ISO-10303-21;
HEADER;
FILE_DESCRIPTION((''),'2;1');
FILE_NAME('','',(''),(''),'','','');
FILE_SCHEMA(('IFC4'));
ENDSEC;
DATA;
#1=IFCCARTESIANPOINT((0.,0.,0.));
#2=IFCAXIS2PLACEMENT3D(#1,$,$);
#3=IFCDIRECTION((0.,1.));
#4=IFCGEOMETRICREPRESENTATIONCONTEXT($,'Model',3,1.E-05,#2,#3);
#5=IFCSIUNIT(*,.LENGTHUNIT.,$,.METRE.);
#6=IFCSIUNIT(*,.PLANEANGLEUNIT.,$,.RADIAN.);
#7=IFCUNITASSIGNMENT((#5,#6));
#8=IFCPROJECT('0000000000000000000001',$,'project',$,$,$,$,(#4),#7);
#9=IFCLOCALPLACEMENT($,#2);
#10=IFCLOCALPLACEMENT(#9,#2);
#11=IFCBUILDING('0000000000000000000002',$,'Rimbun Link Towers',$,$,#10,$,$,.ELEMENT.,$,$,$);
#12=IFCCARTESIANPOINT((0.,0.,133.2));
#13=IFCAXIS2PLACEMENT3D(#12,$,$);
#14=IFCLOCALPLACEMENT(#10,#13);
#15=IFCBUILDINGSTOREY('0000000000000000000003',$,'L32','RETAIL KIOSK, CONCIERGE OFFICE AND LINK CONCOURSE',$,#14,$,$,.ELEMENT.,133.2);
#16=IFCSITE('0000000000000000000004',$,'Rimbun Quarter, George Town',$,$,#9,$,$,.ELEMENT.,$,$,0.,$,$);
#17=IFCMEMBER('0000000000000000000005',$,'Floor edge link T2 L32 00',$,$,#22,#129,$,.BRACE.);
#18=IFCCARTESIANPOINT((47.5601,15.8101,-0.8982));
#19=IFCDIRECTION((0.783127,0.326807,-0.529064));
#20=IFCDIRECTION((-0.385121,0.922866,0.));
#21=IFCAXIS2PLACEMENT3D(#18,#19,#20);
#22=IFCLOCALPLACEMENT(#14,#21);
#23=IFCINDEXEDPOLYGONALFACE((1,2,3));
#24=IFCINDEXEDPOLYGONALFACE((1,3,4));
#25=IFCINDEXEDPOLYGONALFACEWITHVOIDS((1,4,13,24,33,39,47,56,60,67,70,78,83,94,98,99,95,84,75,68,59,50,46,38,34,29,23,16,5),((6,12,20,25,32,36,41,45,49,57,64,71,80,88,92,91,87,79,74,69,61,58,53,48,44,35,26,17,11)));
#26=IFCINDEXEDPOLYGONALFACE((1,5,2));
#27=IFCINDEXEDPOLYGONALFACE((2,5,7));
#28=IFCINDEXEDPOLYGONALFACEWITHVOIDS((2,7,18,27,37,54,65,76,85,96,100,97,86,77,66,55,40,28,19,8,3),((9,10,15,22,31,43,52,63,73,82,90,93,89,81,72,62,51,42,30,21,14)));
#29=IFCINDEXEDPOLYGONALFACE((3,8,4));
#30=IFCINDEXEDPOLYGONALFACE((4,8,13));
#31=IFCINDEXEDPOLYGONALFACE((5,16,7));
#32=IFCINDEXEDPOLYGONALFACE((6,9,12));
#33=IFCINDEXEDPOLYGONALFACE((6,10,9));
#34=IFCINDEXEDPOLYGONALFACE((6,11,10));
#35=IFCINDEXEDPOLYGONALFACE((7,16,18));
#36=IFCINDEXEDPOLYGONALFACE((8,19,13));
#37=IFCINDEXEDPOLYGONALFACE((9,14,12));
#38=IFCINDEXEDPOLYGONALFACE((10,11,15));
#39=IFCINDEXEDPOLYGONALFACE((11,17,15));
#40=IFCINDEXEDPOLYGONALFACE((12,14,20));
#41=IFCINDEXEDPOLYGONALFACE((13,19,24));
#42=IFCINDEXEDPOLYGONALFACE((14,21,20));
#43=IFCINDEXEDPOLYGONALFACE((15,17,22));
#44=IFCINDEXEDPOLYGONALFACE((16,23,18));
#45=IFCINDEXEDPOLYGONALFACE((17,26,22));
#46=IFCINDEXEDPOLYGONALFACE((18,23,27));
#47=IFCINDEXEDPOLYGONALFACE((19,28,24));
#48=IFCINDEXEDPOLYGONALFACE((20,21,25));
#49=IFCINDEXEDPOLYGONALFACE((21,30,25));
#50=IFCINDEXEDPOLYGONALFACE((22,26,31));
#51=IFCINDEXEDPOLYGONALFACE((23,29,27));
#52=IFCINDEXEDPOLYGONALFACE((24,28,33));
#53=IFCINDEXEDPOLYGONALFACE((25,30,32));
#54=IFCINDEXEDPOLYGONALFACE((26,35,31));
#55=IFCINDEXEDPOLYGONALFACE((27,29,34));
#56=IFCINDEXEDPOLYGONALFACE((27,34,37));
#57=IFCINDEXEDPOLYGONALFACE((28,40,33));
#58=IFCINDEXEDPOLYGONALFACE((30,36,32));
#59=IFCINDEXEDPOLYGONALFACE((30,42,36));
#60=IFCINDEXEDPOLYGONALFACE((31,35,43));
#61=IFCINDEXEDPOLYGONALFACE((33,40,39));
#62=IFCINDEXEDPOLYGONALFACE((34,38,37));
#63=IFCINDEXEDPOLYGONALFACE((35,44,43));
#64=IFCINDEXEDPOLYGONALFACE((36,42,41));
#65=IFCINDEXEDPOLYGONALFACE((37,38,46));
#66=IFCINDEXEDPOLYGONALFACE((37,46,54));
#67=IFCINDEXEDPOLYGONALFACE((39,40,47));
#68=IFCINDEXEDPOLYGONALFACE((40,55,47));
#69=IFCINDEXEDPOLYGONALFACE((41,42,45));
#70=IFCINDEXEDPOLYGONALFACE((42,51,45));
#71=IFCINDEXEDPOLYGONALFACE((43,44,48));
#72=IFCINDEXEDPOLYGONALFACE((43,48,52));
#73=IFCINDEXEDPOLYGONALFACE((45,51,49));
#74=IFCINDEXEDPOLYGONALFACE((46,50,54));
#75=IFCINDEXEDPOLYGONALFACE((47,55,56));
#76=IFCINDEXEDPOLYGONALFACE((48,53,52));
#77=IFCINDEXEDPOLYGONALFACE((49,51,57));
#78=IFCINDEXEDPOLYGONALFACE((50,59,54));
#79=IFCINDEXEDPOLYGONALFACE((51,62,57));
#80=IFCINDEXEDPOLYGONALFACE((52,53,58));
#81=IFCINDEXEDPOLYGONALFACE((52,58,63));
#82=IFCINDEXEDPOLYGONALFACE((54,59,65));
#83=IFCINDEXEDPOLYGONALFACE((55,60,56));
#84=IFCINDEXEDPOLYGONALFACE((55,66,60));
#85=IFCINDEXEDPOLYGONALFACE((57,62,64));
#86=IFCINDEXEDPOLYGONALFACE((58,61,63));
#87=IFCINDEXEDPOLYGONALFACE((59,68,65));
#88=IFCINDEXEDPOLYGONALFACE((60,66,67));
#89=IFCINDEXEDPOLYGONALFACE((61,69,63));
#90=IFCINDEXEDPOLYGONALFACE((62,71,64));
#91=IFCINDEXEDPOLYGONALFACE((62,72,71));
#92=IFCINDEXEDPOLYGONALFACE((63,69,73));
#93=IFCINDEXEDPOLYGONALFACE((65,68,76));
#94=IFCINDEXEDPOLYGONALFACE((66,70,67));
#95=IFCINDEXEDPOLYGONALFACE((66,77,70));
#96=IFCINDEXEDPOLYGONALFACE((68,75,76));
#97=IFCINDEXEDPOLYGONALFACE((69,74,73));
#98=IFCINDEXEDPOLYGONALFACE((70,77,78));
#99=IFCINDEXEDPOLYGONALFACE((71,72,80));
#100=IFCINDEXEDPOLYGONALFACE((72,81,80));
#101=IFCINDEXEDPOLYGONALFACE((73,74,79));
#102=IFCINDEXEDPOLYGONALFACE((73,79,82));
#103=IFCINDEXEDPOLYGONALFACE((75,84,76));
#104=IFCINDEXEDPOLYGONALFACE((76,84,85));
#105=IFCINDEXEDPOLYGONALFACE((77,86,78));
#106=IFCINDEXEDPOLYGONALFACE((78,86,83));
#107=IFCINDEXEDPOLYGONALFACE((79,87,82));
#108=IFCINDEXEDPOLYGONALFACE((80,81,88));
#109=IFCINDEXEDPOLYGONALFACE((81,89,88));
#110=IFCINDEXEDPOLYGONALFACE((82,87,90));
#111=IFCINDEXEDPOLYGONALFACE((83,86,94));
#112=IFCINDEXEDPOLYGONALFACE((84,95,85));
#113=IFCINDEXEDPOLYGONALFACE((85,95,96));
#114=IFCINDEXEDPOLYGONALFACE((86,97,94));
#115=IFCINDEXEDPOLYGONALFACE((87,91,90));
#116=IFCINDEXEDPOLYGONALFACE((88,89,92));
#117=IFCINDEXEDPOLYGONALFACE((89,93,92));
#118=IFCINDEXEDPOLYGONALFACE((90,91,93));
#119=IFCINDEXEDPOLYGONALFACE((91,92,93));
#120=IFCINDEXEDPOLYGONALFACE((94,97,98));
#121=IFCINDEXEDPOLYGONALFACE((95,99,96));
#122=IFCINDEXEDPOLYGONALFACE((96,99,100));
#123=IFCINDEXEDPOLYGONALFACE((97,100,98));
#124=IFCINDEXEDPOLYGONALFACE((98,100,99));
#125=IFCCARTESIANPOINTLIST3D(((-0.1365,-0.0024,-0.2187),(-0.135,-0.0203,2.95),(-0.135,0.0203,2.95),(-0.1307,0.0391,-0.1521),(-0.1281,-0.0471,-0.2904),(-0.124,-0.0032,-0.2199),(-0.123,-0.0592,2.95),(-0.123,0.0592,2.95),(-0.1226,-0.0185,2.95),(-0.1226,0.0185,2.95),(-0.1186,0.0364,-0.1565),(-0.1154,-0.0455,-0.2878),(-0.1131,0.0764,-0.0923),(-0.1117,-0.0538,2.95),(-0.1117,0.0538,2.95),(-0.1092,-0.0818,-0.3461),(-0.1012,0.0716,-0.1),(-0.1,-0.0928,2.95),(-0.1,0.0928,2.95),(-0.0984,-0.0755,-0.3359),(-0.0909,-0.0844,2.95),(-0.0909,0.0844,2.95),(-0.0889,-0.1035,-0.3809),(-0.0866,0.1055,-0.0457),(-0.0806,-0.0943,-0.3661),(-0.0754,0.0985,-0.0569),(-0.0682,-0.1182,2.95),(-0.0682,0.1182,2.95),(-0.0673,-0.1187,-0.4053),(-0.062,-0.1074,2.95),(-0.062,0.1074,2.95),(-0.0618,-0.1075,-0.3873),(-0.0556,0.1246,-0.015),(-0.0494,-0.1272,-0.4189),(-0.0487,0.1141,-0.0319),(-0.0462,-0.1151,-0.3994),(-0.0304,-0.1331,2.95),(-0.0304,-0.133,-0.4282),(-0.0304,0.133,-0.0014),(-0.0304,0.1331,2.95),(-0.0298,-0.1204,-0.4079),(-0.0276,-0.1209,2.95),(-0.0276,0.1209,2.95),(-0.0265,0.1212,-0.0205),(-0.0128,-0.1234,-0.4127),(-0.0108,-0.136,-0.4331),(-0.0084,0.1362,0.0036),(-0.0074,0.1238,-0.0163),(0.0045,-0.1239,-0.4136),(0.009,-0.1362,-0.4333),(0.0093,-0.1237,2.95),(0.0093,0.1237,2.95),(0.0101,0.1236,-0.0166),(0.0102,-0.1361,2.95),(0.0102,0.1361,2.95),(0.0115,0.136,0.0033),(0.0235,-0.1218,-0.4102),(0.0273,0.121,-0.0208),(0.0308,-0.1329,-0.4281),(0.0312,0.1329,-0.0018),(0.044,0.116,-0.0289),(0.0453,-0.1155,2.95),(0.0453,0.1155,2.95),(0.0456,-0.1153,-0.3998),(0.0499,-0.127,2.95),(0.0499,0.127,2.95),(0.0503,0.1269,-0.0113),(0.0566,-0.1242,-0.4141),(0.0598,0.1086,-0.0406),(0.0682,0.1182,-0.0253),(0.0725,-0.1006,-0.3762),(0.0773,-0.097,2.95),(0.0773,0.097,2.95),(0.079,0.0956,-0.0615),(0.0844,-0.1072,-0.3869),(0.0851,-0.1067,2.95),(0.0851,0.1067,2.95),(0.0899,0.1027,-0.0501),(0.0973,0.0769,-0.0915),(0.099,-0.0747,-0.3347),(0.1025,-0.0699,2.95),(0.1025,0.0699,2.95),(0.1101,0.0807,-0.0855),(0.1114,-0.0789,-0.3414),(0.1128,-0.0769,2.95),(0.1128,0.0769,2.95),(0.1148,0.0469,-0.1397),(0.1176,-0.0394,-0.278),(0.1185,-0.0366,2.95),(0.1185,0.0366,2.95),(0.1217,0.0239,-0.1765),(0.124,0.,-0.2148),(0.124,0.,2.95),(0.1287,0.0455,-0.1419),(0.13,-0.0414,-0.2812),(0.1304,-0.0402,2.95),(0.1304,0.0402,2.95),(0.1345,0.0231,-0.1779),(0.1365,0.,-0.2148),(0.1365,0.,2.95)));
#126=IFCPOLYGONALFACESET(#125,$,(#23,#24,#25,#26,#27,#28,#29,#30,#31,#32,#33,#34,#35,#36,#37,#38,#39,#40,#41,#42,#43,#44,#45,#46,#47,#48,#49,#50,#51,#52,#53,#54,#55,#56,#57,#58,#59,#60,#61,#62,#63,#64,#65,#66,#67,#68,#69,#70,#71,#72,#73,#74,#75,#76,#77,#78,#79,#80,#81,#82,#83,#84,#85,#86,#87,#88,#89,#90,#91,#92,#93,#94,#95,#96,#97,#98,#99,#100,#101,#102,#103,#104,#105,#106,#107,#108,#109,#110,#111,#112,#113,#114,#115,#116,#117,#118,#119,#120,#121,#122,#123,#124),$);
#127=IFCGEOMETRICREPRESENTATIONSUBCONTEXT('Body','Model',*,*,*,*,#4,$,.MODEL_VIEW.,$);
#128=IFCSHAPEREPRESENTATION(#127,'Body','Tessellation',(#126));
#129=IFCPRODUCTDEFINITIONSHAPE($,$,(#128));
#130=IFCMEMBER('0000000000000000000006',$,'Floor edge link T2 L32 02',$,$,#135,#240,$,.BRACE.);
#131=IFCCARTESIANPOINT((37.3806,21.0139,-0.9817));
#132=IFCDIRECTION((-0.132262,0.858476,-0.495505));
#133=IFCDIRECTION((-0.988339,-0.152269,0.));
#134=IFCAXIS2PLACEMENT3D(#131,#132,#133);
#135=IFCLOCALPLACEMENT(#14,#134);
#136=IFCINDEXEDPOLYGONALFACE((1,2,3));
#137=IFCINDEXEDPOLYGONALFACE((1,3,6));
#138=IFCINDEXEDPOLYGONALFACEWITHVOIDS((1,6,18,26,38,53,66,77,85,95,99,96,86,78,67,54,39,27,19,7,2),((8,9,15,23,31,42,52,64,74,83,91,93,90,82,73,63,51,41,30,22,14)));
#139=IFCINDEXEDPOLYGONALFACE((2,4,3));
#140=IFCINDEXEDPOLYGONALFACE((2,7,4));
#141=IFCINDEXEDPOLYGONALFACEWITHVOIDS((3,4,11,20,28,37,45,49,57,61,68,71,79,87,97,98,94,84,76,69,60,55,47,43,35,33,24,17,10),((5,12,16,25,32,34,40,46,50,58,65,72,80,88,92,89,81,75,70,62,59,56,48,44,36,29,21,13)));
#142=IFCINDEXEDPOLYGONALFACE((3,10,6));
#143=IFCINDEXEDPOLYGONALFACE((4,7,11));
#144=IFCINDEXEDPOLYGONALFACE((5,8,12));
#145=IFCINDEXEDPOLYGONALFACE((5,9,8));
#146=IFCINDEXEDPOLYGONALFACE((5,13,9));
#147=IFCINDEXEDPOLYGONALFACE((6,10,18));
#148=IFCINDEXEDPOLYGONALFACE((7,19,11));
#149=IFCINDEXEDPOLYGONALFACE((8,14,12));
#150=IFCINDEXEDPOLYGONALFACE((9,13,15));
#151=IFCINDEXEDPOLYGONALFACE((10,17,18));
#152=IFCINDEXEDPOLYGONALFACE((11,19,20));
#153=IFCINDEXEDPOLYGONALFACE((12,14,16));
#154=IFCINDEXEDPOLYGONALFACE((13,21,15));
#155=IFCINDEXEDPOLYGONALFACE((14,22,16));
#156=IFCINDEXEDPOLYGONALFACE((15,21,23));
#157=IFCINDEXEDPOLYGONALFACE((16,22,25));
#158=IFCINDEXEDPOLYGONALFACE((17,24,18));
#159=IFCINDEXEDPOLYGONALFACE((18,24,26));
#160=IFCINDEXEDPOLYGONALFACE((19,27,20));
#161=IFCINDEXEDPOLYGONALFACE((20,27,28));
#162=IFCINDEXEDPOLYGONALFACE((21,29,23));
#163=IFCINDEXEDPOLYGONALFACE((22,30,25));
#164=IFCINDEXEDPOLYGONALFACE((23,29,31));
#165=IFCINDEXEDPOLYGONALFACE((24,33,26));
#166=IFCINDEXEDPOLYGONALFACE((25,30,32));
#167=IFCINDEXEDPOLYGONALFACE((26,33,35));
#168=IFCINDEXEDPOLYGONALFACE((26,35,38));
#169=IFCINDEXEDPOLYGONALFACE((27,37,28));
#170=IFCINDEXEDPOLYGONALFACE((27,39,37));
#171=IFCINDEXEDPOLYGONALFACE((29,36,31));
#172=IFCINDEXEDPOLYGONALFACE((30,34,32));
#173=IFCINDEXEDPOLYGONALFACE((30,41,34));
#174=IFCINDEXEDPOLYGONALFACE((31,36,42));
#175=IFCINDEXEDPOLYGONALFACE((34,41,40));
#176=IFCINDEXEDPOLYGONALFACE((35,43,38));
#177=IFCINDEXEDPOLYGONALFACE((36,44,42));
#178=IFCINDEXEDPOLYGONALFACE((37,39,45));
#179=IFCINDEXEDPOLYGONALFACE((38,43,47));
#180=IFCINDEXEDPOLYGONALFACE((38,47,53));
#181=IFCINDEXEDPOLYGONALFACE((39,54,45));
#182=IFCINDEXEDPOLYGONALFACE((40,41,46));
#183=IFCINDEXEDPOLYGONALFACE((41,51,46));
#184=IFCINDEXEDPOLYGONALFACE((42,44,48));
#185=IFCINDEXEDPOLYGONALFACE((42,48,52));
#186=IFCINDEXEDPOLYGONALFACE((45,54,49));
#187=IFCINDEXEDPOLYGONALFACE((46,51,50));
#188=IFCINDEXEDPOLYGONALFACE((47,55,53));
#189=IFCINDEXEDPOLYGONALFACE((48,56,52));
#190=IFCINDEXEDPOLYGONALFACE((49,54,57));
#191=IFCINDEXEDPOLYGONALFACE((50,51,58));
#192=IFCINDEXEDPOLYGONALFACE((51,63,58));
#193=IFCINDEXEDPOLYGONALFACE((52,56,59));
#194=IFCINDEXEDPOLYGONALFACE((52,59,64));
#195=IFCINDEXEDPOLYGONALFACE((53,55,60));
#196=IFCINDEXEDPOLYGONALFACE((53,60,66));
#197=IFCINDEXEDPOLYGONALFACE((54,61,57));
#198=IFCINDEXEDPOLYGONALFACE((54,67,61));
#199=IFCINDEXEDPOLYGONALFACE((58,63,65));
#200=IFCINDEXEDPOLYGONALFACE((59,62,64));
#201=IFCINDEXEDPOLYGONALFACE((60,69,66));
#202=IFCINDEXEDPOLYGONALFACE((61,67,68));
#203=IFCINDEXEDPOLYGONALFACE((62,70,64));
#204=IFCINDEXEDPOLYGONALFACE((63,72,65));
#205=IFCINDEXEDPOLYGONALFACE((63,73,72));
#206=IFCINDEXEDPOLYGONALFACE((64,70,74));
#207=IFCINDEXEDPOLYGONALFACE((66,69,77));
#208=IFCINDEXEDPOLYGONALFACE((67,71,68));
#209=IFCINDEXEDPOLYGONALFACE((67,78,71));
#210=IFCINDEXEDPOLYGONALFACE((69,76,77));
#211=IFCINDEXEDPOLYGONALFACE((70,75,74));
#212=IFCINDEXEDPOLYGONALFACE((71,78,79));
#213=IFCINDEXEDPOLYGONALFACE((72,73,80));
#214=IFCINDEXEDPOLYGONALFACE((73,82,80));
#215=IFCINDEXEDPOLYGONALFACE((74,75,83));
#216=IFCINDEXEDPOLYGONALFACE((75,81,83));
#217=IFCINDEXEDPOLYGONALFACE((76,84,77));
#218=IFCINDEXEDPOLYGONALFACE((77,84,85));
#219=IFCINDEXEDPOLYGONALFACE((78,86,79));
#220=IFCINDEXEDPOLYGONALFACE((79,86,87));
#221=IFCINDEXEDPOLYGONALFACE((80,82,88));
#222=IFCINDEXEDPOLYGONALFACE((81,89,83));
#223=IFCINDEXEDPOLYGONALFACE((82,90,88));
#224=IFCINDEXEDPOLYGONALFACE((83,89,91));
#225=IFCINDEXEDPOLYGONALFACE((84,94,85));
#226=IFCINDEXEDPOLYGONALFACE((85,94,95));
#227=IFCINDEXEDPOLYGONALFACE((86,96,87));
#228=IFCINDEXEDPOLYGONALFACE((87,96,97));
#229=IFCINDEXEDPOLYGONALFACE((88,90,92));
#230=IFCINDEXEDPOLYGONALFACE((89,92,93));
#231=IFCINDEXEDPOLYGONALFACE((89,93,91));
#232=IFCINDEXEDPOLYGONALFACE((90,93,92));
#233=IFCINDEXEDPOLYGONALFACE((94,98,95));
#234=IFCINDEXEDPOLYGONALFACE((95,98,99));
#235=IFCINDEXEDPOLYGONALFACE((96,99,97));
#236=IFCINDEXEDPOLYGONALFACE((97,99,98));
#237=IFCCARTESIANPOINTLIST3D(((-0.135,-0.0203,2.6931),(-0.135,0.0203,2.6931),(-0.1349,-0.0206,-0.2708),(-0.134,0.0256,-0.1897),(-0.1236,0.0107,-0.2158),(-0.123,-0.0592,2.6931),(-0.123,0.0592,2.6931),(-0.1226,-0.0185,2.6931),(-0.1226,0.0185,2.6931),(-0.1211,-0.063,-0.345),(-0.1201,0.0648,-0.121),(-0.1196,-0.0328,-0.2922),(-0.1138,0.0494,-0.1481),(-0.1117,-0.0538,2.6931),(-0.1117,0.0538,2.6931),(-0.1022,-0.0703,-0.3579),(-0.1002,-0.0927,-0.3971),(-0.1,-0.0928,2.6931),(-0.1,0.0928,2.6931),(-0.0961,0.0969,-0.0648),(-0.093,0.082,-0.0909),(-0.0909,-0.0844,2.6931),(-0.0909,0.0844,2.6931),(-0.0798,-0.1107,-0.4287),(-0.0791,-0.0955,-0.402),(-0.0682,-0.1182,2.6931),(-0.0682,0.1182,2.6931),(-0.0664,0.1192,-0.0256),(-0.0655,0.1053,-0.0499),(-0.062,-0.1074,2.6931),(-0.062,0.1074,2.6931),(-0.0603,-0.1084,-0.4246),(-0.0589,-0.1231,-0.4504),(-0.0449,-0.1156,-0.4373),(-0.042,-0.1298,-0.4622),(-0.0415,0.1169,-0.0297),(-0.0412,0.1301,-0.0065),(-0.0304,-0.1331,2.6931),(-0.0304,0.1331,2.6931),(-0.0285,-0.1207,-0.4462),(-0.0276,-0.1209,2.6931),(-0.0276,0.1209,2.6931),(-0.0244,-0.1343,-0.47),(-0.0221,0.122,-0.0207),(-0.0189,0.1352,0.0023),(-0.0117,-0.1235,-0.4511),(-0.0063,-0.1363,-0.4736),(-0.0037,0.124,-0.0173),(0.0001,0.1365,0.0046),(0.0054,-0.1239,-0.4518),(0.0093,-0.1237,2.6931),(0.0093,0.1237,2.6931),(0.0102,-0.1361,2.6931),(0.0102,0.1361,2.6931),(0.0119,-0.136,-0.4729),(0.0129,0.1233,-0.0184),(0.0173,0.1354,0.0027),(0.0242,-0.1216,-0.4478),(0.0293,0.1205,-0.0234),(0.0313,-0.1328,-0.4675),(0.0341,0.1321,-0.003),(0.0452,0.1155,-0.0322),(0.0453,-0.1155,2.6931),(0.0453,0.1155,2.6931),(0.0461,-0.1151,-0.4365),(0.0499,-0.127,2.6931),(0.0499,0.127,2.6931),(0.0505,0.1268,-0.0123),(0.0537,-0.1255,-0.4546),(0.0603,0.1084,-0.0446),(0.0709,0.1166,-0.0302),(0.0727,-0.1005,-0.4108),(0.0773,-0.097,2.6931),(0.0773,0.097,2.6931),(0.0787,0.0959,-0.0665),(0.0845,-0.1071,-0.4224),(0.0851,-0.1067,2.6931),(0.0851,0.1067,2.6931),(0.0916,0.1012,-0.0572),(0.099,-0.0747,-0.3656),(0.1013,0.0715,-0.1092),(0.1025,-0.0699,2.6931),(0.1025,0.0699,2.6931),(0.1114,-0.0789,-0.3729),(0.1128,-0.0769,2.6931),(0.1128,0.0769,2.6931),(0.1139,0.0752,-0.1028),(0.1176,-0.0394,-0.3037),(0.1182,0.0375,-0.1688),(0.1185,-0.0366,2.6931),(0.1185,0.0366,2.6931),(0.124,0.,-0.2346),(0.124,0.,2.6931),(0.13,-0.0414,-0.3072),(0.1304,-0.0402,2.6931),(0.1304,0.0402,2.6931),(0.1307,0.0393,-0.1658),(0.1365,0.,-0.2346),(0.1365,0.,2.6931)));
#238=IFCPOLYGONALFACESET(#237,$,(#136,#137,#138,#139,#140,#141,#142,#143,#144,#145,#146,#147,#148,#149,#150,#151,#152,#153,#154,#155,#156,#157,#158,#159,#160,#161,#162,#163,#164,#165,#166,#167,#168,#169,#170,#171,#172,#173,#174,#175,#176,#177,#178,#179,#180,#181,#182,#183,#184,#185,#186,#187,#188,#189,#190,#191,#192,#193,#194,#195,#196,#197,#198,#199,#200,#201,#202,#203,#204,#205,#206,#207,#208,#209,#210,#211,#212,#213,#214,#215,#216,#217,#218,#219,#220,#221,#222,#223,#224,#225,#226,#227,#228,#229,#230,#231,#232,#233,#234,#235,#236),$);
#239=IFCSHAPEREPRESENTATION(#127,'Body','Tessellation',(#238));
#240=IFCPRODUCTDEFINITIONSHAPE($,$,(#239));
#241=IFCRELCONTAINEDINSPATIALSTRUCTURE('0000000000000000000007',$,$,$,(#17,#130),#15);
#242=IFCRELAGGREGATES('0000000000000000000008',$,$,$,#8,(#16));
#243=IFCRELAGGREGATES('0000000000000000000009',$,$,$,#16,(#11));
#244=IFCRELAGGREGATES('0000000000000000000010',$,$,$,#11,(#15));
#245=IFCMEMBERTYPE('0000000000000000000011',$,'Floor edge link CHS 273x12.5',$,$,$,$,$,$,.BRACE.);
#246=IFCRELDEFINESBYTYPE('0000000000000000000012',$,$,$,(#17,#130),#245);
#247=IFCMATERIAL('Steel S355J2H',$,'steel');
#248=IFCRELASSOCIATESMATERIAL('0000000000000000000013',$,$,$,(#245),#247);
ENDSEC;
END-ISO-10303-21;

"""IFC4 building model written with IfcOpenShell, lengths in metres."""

from ifc_helpers import new_model, si_unit, direction, frame, origin, origin_2d, place, context, subcontext, project, spatial, hollow_circle, extrude, clip, halfspace, material, material_profile, profile_set, type_object, element, save


model = new_model("IFC4")

# Units and contexts
model_context = context("Model", 3, precision=1e-05, world=origin(), true_north=direction((0.0, 1.0)))
body_context = subcontext(model_context, "Body", "Model", "MODEL_VIEW")
ifc_project = project(units=[si_unit("LENGTHUNIT", "METRE"), si_unit("PLANEANGLEUNIT", "RADIAN")], contexts=[model_context])

# Site, building, storey
site_placement = place(None, origin())
site = spatial("IfcSite", under=ifc_project, at=site_placement, Name="Rimbun Quarter, George Town", CompositionType="ELEMENT", RefElevation=0.0)
building_placement = place(site_placement, origin())
building = spatial("IfcBuilding", under=site, at=building_placement, Name="Rimbun Link Towers", CompositionType="ELEMENT")
storey_placement = place(building_placement, frame((0.0, 0.0, 133.2)))
storey = spatial("IfcBuildingStorey", under=building, at=storey_placement, Name="L32", Description="RETAIL KIOSK, CONCIERGE OFFICE AND LINK CONCOURSE", CompositionType="ELEMENT", Elevation=133.2)

# Members
ifc_material_1 = material(Name="Steel S355J2H", Category="steel")
ifc_material_profile_1 = material_profile(ifc_material_1, hollow_circle(Radius=0.1365, WallThickness=0.0125, at=origin_2d()), Name="CHS 273x12.5")
ifc_profile_set_1 = profile_set([ifc_material_profile_1], Name="Steel S355J2H")
member_type_1 = type_object("IfcMemberType", Name="Floor edge link CHS 273x12.5", PredefinedType="BRACE", material=ifc_profile_set_1)
member_1_placement = place(storey_placement, frame((47.5601, 15.8101, -0.8982), z_axis=(0.783127, 0.326807, -0.529064), x_axis=(-0.385121, 0.922866, 0.0)))
element("IfcMember", 1, at=member_1_placement, inside=storey, type_object=member_type_1, Name="Floor edge link T2 L32 00", PredefinedType="BRACE", context=body_context, shape_type="Clipping", body=[
    clip(extrude(hollow_circle(Radius=0.1365, WallThickness=0.0125, at=origin_2d()), frame((0.0, 0.0, -0.4568)), (0.0, 0.0, 1.0), 3.4067), halfspace(frame((0.0, 0.0, -0.2148), z_axis=(0.0, 0.848582, -0.529064)), False)),
])
member_2_placement = place(storey_placement, frame((37.3806, 21.0139, -0.9817), z_axis=(-0.132262, 0.858476, -0.495505), x_axis=(-0.988339, -0.152269, 0.0)))
element("IfcMember", 2, at=member_2_placement, inside=storey, type_object=member_type_1, Name="Floor edge link T2 L32 02", PredefinedType="BRACE", context=body_context, shape_type="Clipping", body=[
    clip(extrude(hollow_circle(Radius=0.1365, WallThickness=0.0125, at=origin_2d()), frame((0.0, 0.0, -0.4988)), (0.0, 0.0, 1.0), 3.1919), halfspace(frame((0.0, 0.0, -0.2346), z_axis=(0.0, 0.868605, -0.495505)), False)),
])

save(model, "model.ifc")
